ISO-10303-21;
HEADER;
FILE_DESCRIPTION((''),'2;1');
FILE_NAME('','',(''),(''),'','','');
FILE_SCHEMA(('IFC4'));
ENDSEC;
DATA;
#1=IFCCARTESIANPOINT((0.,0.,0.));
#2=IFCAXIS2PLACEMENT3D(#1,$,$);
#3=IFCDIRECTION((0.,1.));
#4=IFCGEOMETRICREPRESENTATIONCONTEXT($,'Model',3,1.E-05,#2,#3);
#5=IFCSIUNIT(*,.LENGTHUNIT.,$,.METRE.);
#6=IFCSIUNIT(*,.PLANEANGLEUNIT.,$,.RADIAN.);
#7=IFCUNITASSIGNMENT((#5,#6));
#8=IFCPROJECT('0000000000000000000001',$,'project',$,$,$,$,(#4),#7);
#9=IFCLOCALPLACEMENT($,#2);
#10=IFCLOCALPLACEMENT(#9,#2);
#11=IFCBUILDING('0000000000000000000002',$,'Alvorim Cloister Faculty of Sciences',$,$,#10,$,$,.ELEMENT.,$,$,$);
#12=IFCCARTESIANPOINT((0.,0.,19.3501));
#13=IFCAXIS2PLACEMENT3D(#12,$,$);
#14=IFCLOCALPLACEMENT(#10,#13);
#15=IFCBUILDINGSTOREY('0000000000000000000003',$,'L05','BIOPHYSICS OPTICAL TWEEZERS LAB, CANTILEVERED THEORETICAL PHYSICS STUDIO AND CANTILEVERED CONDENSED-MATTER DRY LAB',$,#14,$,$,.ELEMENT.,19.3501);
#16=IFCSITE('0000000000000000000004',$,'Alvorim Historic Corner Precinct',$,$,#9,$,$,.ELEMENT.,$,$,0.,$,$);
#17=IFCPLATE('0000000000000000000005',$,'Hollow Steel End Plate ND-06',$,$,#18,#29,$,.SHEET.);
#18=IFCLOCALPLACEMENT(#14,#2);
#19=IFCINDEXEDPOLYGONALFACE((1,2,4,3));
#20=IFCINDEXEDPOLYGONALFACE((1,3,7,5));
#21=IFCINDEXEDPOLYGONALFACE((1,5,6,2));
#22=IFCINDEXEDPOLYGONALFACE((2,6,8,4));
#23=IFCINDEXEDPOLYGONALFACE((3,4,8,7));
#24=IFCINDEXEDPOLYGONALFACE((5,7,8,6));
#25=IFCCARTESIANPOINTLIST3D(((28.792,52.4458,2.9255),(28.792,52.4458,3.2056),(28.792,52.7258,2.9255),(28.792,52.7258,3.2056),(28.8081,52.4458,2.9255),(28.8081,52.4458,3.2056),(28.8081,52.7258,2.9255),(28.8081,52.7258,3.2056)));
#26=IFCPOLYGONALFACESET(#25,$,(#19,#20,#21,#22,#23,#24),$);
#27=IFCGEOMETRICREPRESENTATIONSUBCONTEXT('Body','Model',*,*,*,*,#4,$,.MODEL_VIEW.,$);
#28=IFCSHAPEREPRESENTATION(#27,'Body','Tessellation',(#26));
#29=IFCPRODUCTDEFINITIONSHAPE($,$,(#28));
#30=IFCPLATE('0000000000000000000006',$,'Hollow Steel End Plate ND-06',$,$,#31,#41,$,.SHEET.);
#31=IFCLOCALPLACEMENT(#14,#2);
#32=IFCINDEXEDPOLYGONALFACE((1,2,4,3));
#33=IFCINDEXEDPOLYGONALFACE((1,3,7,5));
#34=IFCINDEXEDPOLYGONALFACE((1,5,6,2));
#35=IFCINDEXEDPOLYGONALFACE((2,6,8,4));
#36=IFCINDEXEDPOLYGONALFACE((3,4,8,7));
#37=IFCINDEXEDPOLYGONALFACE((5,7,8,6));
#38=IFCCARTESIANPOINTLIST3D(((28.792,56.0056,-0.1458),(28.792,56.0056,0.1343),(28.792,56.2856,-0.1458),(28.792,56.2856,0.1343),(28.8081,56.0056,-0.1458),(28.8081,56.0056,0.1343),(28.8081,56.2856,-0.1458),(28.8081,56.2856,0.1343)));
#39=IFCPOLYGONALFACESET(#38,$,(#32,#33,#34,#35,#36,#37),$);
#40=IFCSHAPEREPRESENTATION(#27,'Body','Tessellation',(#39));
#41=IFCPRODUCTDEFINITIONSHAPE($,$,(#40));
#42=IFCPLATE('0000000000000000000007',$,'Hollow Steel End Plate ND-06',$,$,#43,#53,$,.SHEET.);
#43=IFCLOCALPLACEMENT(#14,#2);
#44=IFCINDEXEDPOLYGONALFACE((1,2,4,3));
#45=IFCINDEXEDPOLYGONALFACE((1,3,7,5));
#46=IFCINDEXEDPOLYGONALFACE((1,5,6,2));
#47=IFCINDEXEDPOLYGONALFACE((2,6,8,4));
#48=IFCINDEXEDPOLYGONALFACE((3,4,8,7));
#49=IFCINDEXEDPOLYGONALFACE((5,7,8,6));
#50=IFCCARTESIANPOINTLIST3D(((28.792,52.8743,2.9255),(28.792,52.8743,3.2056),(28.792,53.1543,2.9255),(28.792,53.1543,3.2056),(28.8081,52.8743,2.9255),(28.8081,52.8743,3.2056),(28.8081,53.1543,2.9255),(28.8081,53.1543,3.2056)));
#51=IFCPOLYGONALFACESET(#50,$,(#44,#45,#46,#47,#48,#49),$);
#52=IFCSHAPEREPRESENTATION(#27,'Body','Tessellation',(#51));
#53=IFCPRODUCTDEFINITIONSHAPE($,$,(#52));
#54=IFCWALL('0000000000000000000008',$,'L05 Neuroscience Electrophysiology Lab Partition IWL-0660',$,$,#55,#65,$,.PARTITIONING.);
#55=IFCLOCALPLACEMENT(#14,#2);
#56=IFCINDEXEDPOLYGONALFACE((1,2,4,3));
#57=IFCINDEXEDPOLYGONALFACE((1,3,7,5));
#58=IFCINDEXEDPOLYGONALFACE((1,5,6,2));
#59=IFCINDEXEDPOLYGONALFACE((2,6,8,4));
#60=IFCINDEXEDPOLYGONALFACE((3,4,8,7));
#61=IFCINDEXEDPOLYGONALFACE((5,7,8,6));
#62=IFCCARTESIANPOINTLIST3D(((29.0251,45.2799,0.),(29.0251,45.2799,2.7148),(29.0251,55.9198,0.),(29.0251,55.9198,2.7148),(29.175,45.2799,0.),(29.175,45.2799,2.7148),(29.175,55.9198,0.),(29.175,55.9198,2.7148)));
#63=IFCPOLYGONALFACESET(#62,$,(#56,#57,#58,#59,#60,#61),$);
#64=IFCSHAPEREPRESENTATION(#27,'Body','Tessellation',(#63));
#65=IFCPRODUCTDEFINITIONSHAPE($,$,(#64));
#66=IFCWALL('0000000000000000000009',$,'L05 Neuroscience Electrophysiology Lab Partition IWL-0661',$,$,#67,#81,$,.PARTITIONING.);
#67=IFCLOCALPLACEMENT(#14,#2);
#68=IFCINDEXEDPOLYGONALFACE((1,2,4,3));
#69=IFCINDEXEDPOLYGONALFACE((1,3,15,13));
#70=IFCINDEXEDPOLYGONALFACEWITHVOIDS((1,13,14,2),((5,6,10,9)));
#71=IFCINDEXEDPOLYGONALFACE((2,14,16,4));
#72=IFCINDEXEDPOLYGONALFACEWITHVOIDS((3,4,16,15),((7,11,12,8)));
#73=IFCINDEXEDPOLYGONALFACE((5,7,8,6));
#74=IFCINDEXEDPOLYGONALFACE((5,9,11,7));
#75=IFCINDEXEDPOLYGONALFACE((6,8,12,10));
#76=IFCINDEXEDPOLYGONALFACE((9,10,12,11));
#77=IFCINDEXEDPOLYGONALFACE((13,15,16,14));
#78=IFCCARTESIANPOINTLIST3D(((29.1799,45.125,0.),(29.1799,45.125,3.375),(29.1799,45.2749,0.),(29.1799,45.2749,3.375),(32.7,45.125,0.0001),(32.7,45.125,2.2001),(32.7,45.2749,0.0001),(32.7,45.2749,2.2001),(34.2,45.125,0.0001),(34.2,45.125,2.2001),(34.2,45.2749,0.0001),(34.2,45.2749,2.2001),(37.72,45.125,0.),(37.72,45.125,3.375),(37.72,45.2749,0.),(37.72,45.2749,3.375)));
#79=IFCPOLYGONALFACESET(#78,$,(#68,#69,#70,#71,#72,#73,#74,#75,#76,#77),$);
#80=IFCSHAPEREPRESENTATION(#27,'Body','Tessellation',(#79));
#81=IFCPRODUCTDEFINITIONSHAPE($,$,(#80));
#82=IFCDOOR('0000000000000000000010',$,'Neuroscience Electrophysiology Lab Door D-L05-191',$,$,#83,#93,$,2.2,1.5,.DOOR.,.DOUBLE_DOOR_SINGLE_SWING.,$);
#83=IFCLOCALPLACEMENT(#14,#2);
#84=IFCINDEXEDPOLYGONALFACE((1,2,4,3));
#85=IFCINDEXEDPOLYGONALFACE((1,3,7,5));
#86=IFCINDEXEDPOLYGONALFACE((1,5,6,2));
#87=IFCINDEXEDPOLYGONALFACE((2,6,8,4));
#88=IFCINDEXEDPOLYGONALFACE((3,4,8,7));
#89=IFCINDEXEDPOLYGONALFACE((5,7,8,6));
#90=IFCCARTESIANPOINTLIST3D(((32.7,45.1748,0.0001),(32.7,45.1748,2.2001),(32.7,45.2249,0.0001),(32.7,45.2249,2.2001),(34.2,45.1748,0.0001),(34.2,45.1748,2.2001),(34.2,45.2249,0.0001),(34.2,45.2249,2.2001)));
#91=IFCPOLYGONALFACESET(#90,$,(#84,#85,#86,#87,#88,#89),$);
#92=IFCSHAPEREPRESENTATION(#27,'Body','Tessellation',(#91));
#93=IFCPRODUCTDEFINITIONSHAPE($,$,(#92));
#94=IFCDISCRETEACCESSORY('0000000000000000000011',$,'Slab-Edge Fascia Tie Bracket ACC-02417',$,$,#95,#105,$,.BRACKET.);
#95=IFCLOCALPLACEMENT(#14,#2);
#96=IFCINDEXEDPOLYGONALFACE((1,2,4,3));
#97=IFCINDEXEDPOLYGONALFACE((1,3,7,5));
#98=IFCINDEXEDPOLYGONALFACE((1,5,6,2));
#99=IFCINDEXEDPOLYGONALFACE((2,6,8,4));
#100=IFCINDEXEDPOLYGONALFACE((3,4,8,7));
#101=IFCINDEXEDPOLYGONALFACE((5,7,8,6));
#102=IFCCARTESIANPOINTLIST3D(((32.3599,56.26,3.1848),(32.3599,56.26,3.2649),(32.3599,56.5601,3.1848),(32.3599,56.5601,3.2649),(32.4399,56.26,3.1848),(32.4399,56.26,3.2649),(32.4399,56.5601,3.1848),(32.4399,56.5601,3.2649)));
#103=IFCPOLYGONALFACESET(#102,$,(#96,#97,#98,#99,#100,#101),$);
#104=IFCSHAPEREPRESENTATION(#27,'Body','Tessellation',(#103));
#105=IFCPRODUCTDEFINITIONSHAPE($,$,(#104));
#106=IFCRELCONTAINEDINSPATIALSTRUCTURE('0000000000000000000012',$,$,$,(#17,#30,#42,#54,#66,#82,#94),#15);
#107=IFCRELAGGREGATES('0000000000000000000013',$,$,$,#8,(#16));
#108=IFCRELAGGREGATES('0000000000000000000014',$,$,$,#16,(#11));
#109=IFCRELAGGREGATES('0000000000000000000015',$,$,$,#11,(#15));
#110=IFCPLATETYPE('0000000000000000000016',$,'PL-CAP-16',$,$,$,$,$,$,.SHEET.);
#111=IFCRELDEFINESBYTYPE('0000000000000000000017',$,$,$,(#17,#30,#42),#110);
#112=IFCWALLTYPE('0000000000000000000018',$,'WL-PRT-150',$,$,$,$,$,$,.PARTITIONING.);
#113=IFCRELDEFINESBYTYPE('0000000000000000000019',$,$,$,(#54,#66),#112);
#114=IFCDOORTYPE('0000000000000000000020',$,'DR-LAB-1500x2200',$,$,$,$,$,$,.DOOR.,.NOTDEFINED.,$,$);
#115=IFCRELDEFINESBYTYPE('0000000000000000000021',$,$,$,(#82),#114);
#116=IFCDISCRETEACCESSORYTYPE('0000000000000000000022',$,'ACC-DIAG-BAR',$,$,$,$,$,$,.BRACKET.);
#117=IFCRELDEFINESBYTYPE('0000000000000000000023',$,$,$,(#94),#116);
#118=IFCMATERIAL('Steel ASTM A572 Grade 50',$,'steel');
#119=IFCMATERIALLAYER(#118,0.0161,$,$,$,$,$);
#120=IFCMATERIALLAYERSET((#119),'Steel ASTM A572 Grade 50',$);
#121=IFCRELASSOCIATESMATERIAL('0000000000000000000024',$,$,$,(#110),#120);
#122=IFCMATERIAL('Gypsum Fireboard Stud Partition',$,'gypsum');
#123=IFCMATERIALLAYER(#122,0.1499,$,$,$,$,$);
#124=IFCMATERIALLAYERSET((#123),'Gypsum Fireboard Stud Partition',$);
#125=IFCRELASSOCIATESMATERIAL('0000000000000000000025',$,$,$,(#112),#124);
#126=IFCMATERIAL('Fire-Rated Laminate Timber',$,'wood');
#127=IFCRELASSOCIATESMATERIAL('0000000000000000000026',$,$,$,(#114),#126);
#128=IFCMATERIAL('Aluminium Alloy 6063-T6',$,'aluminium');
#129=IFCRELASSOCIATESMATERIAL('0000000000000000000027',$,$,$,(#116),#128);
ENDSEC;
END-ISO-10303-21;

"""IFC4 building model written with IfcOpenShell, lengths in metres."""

from ifc_helpers import new_model, si_unit, direction, frame, frame_2d, origin, origin_2d, place, context, subcontext, project, spatial, polyline, rectangle, outline, extrude, material, layer, layer_set, type_object, element, fill, save


model = new_model("IFC4")

# Units and contexts
model_context = context("Model", 3, precision=1e-05, world=origin(), true_north=direction((0.0, 1.0)))
body_context = subcontext(model_context, "Body", "Model", "MODEL_VIEW")
ifc_project = project(units=[si_unit("LENGTHUNIT", "METRE"), si_unit("PLANEANGLEUNIT", "RADIAN")], contexts=[model_context])

# Site, building, storey
site_placement = place(None, origin())
site = spatial("IfcSite", under=ifc_project, at=site_placement, Name="Alvorim Historic Corner Precinct", CompositionType="ELEMENT", RefElevation=0.0)
building_placement = place(site_placement, origin())
building = spatial("IfcBuilding", under=site, at=building_placement, Name="Alvorim Cloister Faculty of Sciences", CompositionType="ELEMENT")
storey_placement = place(building_placement, frame((0.0, 0.0, 19.3501)))
storey = spatial("IfcBuildingStorey", under=building, at=storey_placement, Name="L05", Description="BIOPHYSICS OPTICAL TWEEZERS LAB, CANTILEVERED THEORETICAL PHYSICS STUDIO AND CANTILEVERED CONDENSED-MATTER DRY LAB", CompositionType="ELEMENT", Elevation=19.3501)

# Shared definitions
ifc_material_1 = material(Name="Aluminium Alloy 6063-T6", Category="aluminium")

# Shared definitions
ifc_material_2 = material(Name="Steel ASTM A572 Grade 50", Category="steel")

# Plates
ifc_layer_1 = layer(ifc_material_2, 0.0161)
ifc_layer_set_1 = layer_set([ifc_layer_1], Name="Steel ASTM A572 Grade 50")
plate_type = type_object("IfcPlateType", Name="PL-CAP-16", PredefinedType="SHEET", material=ifc_layer_set_1)
for number, where, z_axis, x_axis, name in (
    (1, (28.8, 52.4458, 2.9255), (0.0, 0.0, 1.0), (0.0, 1.0, 0.0), "Hollow Steel End Plate ND-06"),
    (2, (28.8, 56.2856, -0.1458), (0.0, 0.0, 1.0), (0.0, -1.0, 0.0), "Hollow Steel End Plate ND-06"),
    (3, (28.8, 53.1543, 2.9255), (0.0, 0.0, 1.0), (0.0, -1.0, 0.0), "Hollow Steel End Plate ND-06"),
):
    element("IfcPlate", number, at=place(storey_placement, frame(where, z_axis=z_axis, x_axis=x_axis)), inside=storey, type_object=plate_type, Name=name, PredefinedType="SHEET", context=body_context, shape_type="SweptSolid", body=[
        extrude(outline(polyline([(0.0, 0.0), (0.28, 0.0), (0.28, 0.28), (0.0, 0.28), (0.0, 0.0)])), frame((0.0, 0.0081, 0.0), z_axis=(0.0, -1.0, 0.0), x_axis=(1.0, 0.0, 0.0)), (0.0, 0.0, 1.0), 0.0161),
    ])

# Wall
ifc_material_3 = material(Name="Gypsum Fireboard Stud Partition", Category="gypsum")
ifc_layer_2 = layer(ifc_material_3, 0.1499)
ifc_layer_set_2 = layer_set([ifc_layer_2], Name="Gypsum Fireboard Stud Partition")
wall_type = type_object("IfcWallType", Name="WL-PRT-150", PredefinedType="PARTITIONING", material=ifc_layer_set_2)
wall_1_placement = place(storey_placement, frame((29.1001, 45.28, 0.0), z_axis=(0.0, 0.0, 1.0), x_axis=(0.0, 1.0, 0.0)))
element("IfcWall", 4, at=wall_1_placement, inside=storey, type_object=wall_type, Name="L05 Neuroscience Electrophysiology Lab Partition IWL-0660", PredefinedType="PARTITIONING", context=body_context, shape_type="SweptSolid", body=[
    extrude(rectangle(XDim=10.6399, YDim=0.1499, at=frame_2d((5.3198, 0.0))), origin(), (0.0, 0.0, 1.0), 2.7148),
])

# Wall, opening, door
wall_2_placement = place(storey_placement, frame((29.1799, 45.2, 0.0), z_axis=(0.0, 0.0, 1.0), x_axis=(1.0, 0.0, 0.0)))
wall_2 = element("IfcWall", 5, at=wall_2_placement, inside=storey, type_object=wall_type, Name="L05 Neuroscience Electrophysiology Lab Partition IWL-0661", PredefinedType="PARTITIONING", context=body_context, shape_type="SweptSolid", body=[
    extrude(rectangle(XDim=8.54, YDim=0.1499, at=frame_2d((4.27, 0.0))), origin(), (0.0, 0.0, 1.0), 3.375),
])
opening_placement = place(wall_2_placement, frame((3.52, 0.0, 0.0)))
opening = element("IfcOpeningElement", 6, at=opening_placement, cuts=wall_2, PredefinedType="OPENING", context=body_context, shape_type="SweptSolid", body=[
    extrude(rectangle(XDim=1.5, YDim=2.2, at=frame_2d((0.75, 1.1001))), frame((0.0, 0.0869, 0.0), z_axis=(0.0, -1.0, 0.0), x_axis=(1.0, 0.0, 0.0)), (0.0, 0.0, 1.0), 0.1738),
])
ifc_material_4 = material(Name="Fire-Rated Laminate Timber", Category="wood")
door_type = type_object("IfcDoorType", Name="DR-LAB-1500x2200", OperationType="NOTDEFINED", PredefinedType="DOOR", material=ifc_material_4)
door_placement = place(opening_placement, origin())
door = element("IfcDoor", 7, at=door_placement, inside=storey, type_object=door_type, Name="Neuroscience Electrophysiology Lab Door D-L05-191", OperationType="DOUBLE_DOOR_SINGLE_SWING", OverallHeight=2.2, OverallWidth=1.5, PredefinedType="DOOR", context=body_context, shape_type="SweptSolid", body=[
    extrude(rectangle(XDim=1.5, YDim=2.2, at=frame_2d((0.75, 1.1001))), frame((0.0, 0.0249, 0.0), z_axis=(0.0, -1.0, 0.0), x_axis=(1.0, 0.0, 0.0)), (0.0, 0.0, 1.0), 0.05),
])
fill(opening, door)

# Discrete accessory
discrete_accessory_type = type_object("IfcDiscreteAccessoryType", Name="ACC-DIAG-BAR", PredefinedType="BRACKET", material=ifc_material_1)
discrete_accessory_placement = place(storey_placement, frame((32.3999, 56.26, 3.2249), z_axis=(0.0, 1.0, 0.0), x_axis=(-1.0, 0.0, 0.0)))
element("IfcDiscreteAccessory", 8, at=discrete_accessory_placement, inside=storey, type_object=discrete_accessory_type, Name="Slab-Edge Fascia Tie Bracket ACC-02417", PredefinedType="BRACKET", context=body_context, shape_type="SweptSolid", body=[
    extrude(rectangle(XDim=0.0801, YDim=0.0801, at=origin_2d()), origin(), (0.0, 0.0, 1.0), 0.3),
])

save(model, "model.ifc")
